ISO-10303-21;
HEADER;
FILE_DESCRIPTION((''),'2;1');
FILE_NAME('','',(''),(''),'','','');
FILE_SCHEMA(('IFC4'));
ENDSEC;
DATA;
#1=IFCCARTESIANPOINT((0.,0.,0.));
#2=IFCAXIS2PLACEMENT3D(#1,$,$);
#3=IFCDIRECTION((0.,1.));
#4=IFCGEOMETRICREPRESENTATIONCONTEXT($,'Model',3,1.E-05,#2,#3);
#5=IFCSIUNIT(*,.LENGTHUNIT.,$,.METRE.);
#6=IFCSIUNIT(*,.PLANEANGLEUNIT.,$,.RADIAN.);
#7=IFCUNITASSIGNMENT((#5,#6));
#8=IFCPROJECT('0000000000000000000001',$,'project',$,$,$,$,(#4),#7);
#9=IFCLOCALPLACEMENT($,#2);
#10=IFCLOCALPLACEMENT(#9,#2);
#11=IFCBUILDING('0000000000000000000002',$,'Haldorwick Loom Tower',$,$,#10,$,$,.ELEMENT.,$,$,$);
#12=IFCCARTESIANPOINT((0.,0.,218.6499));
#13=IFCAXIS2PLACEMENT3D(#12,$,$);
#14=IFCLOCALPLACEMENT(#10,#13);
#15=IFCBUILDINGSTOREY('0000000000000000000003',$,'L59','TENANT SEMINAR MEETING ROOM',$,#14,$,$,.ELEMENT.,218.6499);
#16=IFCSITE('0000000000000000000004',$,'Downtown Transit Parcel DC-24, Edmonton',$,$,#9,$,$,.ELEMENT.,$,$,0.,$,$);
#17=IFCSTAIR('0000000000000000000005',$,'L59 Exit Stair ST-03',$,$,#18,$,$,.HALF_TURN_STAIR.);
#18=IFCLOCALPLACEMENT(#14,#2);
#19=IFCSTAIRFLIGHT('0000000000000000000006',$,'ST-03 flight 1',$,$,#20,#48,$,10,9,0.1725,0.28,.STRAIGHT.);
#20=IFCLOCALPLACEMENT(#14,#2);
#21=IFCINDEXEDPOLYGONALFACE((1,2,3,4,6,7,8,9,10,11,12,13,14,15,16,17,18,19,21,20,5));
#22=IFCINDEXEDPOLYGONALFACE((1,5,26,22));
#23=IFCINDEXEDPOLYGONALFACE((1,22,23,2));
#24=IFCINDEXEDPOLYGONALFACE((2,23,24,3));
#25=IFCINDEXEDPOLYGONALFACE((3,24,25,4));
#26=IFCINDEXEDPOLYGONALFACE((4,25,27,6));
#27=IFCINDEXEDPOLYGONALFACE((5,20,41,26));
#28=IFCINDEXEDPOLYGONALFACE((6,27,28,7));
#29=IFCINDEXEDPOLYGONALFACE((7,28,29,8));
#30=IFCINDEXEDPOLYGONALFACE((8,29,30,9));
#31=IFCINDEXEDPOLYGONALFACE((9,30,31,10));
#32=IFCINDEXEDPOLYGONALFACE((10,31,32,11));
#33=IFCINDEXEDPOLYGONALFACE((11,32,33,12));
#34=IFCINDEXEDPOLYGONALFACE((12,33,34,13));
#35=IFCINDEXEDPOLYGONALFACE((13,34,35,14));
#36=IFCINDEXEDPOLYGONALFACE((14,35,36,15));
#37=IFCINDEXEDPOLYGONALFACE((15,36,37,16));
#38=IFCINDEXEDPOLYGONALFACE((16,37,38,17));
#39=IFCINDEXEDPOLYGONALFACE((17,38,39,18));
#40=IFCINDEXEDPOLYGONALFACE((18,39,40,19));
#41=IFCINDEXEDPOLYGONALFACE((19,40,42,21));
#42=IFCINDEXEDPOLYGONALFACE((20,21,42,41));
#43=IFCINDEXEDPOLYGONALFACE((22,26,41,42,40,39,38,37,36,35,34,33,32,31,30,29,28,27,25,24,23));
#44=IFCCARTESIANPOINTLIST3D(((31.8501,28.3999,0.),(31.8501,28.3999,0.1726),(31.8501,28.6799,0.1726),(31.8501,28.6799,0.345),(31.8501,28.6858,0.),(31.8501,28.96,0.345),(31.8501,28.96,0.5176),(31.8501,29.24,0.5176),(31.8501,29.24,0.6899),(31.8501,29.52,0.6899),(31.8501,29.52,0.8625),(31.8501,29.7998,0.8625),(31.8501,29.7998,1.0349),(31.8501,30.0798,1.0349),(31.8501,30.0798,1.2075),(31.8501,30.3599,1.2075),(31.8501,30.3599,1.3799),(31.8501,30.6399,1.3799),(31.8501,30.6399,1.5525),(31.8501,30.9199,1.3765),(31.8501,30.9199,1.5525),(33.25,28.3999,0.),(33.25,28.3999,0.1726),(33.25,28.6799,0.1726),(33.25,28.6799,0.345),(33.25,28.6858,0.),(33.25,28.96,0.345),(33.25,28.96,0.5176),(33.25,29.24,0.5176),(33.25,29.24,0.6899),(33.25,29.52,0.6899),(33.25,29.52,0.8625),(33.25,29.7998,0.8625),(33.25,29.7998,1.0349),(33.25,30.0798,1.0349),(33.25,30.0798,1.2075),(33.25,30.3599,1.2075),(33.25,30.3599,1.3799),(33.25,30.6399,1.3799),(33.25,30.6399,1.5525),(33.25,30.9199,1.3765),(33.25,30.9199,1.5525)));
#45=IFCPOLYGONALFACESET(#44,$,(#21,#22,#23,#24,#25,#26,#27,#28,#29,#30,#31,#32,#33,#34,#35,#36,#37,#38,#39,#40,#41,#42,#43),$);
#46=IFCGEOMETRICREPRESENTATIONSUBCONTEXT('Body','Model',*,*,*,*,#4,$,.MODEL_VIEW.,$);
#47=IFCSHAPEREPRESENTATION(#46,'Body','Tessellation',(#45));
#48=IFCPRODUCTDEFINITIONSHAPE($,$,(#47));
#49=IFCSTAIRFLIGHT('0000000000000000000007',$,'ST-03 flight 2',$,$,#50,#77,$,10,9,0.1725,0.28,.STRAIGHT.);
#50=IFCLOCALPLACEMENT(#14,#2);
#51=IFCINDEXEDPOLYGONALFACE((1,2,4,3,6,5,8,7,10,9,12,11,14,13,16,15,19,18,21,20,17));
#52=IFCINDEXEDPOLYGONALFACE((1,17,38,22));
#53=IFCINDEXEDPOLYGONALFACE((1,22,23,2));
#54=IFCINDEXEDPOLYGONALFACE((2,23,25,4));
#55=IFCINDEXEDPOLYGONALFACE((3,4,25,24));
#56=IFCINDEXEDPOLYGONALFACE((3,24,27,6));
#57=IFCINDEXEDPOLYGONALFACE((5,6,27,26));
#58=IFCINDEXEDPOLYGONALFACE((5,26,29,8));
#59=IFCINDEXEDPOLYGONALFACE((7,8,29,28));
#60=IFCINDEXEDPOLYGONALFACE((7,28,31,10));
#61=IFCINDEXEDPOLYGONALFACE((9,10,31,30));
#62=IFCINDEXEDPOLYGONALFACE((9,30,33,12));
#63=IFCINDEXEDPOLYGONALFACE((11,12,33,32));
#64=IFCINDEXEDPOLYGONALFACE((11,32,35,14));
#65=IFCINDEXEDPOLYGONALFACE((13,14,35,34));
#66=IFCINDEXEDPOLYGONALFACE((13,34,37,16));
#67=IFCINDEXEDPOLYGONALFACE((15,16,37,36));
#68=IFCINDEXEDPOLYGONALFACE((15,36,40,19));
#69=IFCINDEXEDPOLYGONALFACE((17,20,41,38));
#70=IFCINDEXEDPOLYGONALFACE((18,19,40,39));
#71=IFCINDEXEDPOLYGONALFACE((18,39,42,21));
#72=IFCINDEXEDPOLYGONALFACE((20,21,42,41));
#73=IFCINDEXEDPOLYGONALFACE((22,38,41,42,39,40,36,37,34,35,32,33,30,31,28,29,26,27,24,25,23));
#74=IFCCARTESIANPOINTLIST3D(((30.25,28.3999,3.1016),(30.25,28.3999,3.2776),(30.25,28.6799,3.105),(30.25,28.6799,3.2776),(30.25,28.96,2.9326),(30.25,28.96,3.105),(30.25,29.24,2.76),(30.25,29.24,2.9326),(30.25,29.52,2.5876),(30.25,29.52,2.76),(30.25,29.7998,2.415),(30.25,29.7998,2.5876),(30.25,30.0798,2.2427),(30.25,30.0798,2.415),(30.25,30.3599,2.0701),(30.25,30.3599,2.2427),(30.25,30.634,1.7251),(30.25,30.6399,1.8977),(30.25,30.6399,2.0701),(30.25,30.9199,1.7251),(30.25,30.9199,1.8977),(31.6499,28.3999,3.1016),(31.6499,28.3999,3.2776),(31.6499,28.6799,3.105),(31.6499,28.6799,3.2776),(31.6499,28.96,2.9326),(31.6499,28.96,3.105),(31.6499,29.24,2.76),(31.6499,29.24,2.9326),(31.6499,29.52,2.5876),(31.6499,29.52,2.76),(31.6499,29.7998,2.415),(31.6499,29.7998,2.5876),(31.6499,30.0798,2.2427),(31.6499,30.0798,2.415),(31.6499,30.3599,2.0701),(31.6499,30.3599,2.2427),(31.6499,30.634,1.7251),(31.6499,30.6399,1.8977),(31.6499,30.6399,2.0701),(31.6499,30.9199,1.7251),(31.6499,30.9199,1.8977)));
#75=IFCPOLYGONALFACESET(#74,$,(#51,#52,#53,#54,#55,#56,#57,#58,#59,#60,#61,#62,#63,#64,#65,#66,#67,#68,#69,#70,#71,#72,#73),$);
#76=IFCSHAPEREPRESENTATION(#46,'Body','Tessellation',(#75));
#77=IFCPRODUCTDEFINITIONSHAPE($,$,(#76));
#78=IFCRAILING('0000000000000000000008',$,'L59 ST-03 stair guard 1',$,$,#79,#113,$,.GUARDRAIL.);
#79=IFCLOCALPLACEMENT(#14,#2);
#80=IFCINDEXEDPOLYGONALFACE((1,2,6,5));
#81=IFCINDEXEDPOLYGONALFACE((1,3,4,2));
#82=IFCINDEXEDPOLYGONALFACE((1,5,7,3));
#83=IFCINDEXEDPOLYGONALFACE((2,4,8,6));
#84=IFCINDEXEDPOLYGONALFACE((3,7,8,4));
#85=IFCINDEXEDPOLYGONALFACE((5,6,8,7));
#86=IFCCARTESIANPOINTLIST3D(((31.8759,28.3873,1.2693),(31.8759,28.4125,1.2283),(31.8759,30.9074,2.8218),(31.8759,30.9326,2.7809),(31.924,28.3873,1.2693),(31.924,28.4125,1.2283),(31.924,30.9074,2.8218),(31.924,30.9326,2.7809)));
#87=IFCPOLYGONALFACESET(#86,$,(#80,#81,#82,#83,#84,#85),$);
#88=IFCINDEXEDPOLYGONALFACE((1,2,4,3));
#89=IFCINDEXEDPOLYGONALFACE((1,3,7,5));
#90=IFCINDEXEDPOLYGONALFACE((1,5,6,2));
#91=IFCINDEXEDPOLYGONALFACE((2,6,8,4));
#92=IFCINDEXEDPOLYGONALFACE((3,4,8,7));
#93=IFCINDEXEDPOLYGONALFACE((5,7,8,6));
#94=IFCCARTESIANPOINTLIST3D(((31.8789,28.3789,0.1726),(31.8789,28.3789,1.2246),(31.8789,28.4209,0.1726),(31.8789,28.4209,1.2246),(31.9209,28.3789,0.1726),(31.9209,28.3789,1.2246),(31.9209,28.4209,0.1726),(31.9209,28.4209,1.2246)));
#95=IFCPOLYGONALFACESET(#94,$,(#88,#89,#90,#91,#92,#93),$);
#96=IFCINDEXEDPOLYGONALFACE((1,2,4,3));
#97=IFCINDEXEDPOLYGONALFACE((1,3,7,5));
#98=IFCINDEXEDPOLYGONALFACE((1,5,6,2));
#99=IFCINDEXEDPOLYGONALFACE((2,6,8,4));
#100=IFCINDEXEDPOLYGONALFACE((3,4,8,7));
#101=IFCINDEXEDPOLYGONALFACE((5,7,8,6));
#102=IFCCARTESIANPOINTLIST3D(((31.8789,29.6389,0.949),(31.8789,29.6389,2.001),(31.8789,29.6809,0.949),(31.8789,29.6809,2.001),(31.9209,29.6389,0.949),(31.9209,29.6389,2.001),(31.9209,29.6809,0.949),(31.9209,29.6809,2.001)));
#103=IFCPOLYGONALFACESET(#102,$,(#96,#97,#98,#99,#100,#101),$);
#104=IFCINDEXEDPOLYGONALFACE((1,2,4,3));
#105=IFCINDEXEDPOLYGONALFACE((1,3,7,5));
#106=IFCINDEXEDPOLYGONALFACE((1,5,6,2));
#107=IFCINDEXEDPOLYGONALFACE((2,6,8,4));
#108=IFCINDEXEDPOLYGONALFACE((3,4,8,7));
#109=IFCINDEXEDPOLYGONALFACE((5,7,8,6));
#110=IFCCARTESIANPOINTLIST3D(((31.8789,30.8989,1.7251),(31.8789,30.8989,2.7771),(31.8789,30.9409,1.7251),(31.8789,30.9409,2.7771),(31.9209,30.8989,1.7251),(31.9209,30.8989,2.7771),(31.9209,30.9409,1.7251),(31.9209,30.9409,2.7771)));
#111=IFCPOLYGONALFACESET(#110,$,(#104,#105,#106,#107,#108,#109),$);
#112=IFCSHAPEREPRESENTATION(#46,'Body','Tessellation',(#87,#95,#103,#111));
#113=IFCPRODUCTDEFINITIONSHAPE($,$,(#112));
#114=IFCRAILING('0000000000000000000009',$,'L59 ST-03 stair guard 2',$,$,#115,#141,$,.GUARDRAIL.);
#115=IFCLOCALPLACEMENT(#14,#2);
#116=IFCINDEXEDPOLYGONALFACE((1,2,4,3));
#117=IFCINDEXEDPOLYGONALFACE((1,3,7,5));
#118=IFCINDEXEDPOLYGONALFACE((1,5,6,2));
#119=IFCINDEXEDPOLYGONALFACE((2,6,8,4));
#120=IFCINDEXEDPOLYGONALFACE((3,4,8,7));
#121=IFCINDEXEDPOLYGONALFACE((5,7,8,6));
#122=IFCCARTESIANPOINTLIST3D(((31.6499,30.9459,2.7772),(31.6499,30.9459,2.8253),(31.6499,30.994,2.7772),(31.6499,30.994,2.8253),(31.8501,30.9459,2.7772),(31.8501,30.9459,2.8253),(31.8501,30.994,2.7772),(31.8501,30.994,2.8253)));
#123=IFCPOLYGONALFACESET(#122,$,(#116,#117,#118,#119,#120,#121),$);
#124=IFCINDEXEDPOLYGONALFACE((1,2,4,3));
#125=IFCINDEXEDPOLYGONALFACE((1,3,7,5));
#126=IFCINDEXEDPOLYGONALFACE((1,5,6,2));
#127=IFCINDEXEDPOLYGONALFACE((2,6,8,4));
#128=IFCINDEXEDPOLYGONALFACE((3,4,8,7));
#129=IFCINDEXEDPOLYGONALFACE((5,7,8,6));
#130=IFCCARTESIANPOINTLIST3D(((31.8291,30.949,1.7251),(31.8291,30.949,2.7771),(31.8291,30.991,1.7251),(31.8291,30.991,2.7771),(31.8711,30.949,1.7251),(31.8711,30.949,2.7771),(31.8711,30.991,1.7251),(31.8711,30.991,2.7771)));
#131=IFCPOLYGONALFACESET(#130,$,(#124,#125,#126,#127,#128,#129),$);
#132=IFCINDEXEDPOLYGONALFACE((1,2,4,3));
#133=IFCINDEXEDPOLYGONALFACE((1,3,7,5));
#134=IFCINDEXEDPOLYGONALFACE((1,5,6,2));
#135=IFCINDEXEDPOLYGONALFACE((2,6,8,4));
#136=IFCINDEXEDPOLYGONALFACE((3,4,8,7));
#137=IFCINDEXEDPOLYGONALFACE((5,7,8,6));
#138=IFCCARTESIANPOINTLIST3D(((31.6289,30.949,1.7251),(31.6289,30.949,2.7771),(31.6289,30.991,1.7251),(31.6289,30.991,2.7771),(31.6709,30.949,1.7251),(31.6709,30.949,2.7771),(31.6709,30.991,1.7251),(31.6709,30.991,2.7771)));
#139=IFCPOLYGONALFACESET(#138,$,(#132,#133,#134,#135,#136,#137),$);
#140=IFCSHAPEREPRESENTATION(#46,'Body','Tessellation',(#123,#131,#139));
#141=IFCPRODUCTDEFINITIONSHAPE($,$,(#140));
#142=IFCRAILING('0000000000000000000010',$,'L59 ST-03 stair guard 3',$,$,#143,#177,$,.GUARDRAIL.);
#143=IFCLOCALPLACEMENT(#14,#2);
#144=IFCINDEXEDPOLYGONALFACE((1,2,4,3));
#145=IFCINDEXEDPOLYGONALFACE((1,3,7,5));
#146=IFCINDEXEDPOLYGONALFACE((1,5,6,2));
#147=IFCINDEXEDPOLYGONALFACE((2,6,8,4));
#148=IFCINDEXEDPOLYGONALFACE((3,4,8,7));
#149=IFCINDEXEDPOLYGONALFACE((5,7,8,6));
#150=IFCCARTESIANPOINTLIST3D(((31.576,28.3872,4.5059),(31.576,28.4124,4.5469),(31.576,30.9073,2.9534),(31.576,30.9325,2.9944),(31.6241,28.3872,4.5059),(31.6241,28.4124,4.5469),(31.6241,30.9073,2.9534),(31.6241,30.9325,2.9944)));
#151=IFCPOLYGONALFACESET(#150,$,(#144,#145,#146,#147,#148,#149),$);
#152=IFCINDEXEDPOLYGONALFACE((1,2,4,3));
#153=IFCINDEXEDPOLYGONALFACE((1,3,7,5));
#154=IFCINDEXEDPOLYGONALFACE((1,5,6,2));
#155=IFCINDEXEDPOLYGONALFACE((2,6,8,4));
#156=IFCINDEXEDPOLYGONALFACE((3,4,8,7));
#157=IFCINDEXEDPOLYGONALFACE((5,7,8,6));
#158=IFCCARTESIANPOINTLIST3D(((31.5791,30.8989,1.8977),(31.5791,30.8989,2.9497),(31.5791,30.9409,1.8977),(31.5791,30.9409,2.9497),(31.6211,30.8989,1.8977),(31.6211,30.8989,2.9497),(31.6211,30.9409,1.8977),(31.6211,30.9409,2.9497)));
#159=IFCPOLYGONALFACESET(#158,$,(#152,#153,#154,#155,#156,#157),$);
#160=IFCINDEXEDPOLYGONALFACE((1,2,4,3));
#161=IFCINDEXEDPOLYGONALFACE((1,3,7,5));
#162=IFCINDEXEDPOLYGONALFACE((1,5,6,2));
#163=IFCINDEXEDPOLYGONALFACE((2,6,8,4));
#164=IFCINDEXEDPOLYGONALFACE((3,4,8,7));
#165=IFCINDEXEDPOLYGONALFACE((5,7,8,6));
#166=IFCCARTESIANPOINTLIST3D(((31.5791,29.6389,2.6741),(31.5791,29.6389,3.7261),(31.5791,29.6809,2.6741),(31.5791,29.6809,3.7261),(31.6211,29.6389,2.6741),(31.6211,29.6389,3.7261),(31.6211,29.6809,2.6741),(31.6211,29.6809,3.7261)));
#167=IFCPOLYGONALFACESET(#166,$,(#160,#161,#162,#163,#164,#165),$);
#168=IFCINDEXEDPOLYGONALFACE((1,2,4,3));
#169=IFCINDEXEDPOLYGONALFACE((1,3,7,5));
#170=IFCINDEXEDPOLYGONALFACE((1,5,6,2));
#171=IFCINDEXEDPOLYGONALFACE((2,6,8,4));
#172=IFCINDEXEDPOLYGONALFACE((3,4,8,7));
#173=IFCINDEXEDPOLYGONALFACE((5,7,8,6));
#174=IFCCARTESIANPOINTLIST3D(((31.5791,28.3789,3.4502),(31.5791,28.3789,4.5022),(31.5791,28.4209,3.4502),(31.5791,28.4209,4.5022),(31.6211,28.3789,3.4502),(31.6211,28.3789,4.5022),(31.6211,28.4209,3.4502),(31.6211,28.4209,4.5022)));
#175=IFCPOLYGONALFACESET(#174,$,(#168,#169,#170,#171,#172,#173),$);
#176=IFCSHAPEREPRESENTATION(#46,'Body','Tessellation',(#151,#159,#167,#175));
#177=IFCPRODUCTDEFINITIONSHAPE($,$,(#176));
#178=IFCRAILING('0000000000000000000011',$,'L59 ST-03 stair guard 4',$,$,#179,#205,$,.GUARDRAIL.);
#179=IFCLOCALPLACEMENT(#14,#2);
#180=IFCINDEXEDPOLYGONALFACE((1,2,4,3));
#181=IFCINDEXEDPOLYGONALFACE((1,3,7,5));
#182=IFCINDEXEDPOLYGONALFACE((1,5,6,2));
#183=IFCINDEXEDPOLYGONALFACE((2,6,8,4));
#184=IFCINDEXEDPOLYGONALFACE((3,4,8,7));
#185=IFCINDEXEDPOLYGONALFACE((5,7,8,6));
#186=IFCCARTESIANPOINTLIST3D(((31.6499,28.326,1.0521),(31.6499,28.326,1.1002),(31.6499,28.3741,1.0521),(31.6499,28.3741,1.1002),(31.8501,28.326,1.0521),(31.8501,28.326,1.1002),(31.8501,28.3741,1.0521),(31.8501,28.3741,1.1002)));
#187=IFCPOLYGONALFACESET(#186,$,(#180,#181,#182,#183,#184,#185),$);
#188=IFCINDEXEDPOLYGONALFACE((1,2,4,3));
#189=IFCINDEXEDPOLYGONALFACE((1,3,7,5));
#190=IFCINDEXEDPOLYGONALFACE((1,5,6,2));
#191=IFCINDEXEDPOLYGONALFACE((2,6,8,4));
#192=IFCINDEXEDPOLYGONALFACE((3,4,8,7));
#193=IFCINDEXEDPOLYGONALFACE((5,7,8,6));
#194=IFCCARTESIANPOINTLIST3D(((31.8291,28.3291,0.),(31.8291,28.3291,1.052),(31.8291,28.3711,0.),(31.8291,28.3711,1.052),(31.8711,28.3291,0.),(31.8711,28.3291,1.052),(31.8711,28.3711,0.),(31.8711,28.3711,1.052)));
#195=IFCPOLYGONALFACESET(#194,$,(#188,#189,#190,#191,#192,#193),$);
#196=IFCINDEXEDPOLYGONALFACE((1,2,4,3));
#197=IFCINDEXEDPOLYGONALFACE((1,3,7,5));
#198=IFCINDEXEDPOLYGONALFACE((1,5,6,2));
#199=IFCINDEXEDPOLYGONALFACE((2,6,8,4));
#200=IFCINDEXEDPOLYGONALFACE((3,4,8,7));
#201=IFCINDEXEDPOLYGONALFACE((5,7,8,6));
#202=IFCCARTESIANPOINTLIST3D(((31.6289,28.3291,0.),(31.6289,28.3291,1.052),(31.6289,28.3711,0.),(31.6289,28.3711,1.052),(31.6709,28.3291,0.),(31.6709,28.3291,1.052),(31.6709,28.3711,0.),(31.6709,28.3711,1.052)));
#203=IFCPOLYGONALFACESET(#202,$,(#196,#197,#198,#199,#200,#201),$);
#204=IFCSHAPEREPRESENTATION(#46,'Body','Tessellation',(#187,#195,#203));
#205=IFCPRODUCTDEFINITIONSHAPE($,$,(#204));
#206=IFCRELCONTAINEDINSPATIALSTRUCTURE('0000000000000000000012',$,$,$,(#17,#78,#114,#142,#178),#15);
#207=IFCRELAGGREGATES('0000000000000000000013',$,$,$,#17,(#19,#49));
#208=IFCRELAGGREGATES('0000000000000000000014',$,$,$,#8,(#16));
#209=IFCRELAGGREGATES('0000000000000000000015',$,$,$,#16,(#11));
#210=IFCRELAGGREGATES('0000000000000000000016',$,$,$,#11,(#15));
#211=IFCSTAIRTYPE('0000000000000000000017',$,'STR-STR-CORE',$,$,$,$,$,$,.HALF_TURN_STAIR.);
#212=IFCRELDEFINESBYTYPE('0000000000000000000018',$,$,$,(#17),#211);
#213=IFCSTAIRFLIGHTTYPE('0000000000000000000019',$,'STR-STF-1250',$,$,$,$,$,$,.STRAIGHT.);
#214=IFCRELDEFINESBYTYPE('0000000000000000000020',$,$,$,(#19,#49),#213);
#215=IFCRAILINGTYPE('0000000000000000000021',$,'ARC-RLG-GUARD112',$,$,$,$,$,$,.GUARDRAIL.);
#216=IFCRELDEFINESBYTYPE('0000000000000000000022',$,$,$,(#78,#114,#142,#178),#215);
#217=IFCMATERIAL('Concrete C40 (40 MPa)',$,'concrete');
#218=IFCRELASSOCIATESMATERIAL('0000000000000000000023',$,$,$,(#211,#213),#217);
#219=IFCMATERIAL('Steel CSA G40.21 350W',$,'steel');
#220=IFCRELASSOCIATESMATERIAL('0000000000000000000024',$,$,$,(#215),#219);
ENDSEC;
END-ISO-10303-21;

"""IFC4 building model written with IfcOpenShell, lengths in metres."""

from ifc_helpers import new_model, si_unit, direction, frame, origin, origin_2d, place, context, subcontext, project, spatial, polyline, rectangle, outline, extrude, material, type_object, element, aggregate, save


model = new_model("IFC4")

# Units and contexts
model_context = context("Model", 3, precision=1e-05, world=origin(), true_north=direction((0.0, 1.0)))
body_context = subcontext(model_context, "Body", "Model", "MODEL_VIEW")
ifc_project = project(units=[si_unit("LENGTHUNIT", "METRE"), si_unit("PLANEANGLEUNIT", "RADIAN")], contexts=[model_context])

# Site, building, storey
site_placement = place(None, origin())
site = spatial("IfcSite", under=ifc_project, at=site_placement, Name="Downtown Transit Parcel DC-24, Edmonton", CompositionType="ELEMENT", RefElevation=0.0)
building_placement = place(site_placement, origin())
building = spatial("IfcBuilding", under=site, at=building_placement, Name="Haldorwick Loom Tower", CompositionType="ELEMENT")
storey_placement = place(building_placement, frame((0.0, 0.0, 218.6499)))
storey = spatial("IfcBuildingStorey", under=building, at=storey_placement, Name="L59", Description="TENANT SEMINAR MEETING ROOM", CompositionType="ELEMENT", Elevation=218.6499)

# Shared definitions
ifc_material_1 = material(Name="Steel CSA G40.21 350W", Category="steel")

# Stair, stair flights
ifc_material_2 = material(Name="Concrete C40 (40 MPa)", Category="concrete")
stair_type = type_object("IfcStairType", Name="STR-STR-CORE", PredefinedType="HALF_TURN_STAIR", material=ifc_material_2)
stair_placement = place(storey_placement, origin())
stair = element("IfcStair", 1, at=stair_placement, inside=storey, type_object=stair_type, Name="L59 Exit Stair ST-03", PredefinedType="HALF_TURN_STAIR")
stair_flight_type = type_object("IfcStairFlightType", Name="STR-STF-1250", PredefinedType="STRAIGHT", material=ifc_material_2)
stair_flight_1_placement = place(storey_placement, frame((32.55, 28.3999, 0.0), z_axis=(0.0, 0.0, 1.0), x_axis=(0.0, 1.0, 0.0)))
stair_flight_1 = element("IfcStairFlight", 2, at=stair_flight_1_placement, type_object=stair_flight_type, Name="ST-03 flight 1", NumberOfRisers=10, NumberOfTreads=9, PredefinedType="STRAIGHT", RiserHeight=0.1725, TreadLength=0.28, context=body_context, shape_type="SweptSolid", body=[
    extrude(outline(polyline([(0.0, 0.0), (0.0, 0.1726), (0.28, 0.1726), (0.28, 0.345), (0.5601, 0.345), (0.5601, 0.5176), (0.8401, 0.5176), (0.8401, 0.6899), (1.1201, 0.6899), (1.1201, 0.8625), (1.3999, 0.8625), (1.3999, 1.0349), (1.6799, 1.0349), (1.6799, 1.2075), (1.96, 1.2075), (1.96, 1.3799), (2.24, 1.3799), (2.24, 1.5525), (2.52, 1.5525), (2.52, 1.7251), (2.52, 1.3765), (0.2859, 0.0), (0.0, 0.0)])), frame((0.0, 0.7, 0.0), z_axis=(0.0, -1.0, 0.0), x_axis=(1.0, 0.0, 0.0)), (0.0, 0.0, 1.0), 1.3999),
])
stair_flight_2_placement = place(storey_placement, frame((30.95, 30.9199, 1.7251), z_axis=(0.0, 0.0, 1.0), x_axis=(0.0, -1.0, 0.0)))
stair_flight_2 = element("IfcStairFlight", 3, at=stair_flight_2_placement, type_object=stair_flight_type, Name="ST-03 flight 2", NumberOfRisers=10, NumberOfTreads=9, PredefinedType="STRAIGHT", RiserHeight=0.1725, TreadLength=0.28, context=body_context, shape_type="SweptSolid", body=[
    extrude(outline(polyline([(0.0, 0.0), (0.0, 0.1726), (0.28, 0.1726), (0.28, 0.345), (0.5601, 0.345), (0.5601, 0.5176), (0.8401, 0.5176), (0.8401, 0.6899), (1.1201, 0.6899), (1.1201, 0.8625), (1.3999, 0.8625), (1.3999, 1.0349), (1.6799, 1.0349), (1.6799, 1.2075), (1.96, 1.2075), (1.96, 1.3799), (2.24, 1.3799), (2.24, 1.5525), (2.52, 1.5525), (2.52, 1.7251), (2.52, 1.3765), (0.2859, 0.0), (0.0, 0.0)])), frame((0.0, 0.7, 0.0), z_axis=(0.0, -1.0, 0.0), x_axis=(1.0, 0.0, 0.0)), (0.0, 0.0, 1.0), 1.3999),
])
aggregate(stair, [stair_flight_1, stair_flight_2])

# Railings
railing_type_1 = type_object("IfcRailingType", Name="ARC-RLG-GUARD112", PredefinedType="GUARDRAIL", material=ifc_material_1)
railing_1_placement = place(storey_placement, frame((31.8999, 28.3999, 0.1726)))
element("IfcRailing", 4, at=railing_1_placement, inside=storey, type_object=railing_type_1, Name="L59 ST-03 stair guard 1", PredefinedType="GUARDRAIL", context=body_context, shape_type="SweptSolid", body=[
    extrude(rectangle(XDim=0.0481, YDim=0.0481, at=origin_2d()), frame((0.0, 0.0, 1.0762), z_axis=(0.0, 0.8514, 0.524516), x_axis=(-1.0, 0.0, 0.0)), (0.0, 0.0, 1.0), 2.96),
    extrude(rectangle(XDim=0.042, YDim=0.042, at=origin_2d()), origin(), (0.0, 0.0, 1.0), 1.052),
    extrude(rectangle(XDim=0.042, YDim=0.042, at=origin_2d()), frame((0.0, 1.26, 0.7764)), (0.0, 0.0, 1.0), 1.052),
    extrude(rectangle(XDim=0.042, YDim=0.042, at=origin_2d()), frame((0.0, 2.52, 1.5525)), (0.0, 0.0, 1.0), 1.052),
])
railing_2_placement = place(storey_placement, frame((31.8501, 30.97, 1.7251)))
element("IfcRailing", 5, at=railing_2_placement, inside=storey, type_object=railing_type_1, Name="L59 ST-03 stair guard 2", PredefinedType="GUARDRAIL", context=body_context, shape_type="SweptSolid", body=[
    extrude(rectangle(XDim=0.0481, YDim=0.0481, at=origin_2d()), frame((0.0, 0.0, 1.0762), z_axis=(-1.0, 0.0, 0.0), x_axis=(0.0, -1.0, 0.0)), (0.0, 0.0, 1.0), 0.2002),
    extrude(rectangle(XDim=0.042, YDim=0.042, at=origin_2d()), origin(), (0.0, 0.0, 1.0), 1.052),
    extrude(rectangle(XDim=0.042, YDim=0.042, at=origin_2d()), frame((-0.2002, 0.0, 0.0)), (0.0, 0.0, 1.0), 1.052),
])
railing_3_placement = place(storey_placement, frame((31.6001, 30.9199, 1.8977)))
element("IfcRailing", 6, at=railing_3_placement, inside=storey, type_object=railing_type_1, Name="L59 ST-03 stair guard 3", PredefinedType="GUARDRAIL", context=body_context, shape_type="SweptSolid", body=[
    extrude(rectangle(XDim=0.0481, YDim=0.0481, at=origin_2d()), frame((0.0, 0.0, 1.0762), z_axis=(0.0, -0.8514, 0.524516), x_axis=(1.0, 0.0, 0.0)), (0.0, 0.0, 1.0), 2.96),
    extrude(rectangle(XDim=0.042, YDim=0.042, at=origin_2d()), origin(), (0.0, 0.0, 1.0), 1.052),
    extrude(rectangle(XDim=0.042, YDim=0.042, at=origin_2d()), frame((0.0, -1.26, 0.7764)), (0.0, 0.0, 1.0), 1.052),
    extrude(rectangle(XDim=0.042, YDim=0.042, at=origin_2d()), frame((0.0, -2.52, 1.5525)), (0.0, 0.0, 1.0), 1.052),
])
railing_4_placement = place(storey_placement, frame((31.8501, 28.3501, 0.0)))
element("IfcRailing", 7, at=railing_4_placement, inside=storey, type_object=railing_type_1, Name="L59 ST-03 stair guard 4", PredefinedType="GUARDRAIL", context=body_context, shape_type="SweptSolid", body=[
    extrude(rectangle(XDim=0.0481, YDim=0.0481, at=origin_2d()), frame((0.0, 0.0, 1.0762), z_axis=(-1.0, 0.0, 0.0), x_axis=(0.0, -1.0, 0.0)), (0.0, 0.0, 1.0), 0.2002),
    extrude(rectangle(XDim=0.042, YDim=0.042, at=origin_2d()), origin(), (0.0, 0.0, 1.0), 1.052),
    extrude(rectangle(XDim=0.042, YDim=0.042, at=origin_2d()), frame((-0.2002, 0.0, 0.0)), (0.0, 0.0, 1.0), 1.052),
])

save(model, "model.ifc")
